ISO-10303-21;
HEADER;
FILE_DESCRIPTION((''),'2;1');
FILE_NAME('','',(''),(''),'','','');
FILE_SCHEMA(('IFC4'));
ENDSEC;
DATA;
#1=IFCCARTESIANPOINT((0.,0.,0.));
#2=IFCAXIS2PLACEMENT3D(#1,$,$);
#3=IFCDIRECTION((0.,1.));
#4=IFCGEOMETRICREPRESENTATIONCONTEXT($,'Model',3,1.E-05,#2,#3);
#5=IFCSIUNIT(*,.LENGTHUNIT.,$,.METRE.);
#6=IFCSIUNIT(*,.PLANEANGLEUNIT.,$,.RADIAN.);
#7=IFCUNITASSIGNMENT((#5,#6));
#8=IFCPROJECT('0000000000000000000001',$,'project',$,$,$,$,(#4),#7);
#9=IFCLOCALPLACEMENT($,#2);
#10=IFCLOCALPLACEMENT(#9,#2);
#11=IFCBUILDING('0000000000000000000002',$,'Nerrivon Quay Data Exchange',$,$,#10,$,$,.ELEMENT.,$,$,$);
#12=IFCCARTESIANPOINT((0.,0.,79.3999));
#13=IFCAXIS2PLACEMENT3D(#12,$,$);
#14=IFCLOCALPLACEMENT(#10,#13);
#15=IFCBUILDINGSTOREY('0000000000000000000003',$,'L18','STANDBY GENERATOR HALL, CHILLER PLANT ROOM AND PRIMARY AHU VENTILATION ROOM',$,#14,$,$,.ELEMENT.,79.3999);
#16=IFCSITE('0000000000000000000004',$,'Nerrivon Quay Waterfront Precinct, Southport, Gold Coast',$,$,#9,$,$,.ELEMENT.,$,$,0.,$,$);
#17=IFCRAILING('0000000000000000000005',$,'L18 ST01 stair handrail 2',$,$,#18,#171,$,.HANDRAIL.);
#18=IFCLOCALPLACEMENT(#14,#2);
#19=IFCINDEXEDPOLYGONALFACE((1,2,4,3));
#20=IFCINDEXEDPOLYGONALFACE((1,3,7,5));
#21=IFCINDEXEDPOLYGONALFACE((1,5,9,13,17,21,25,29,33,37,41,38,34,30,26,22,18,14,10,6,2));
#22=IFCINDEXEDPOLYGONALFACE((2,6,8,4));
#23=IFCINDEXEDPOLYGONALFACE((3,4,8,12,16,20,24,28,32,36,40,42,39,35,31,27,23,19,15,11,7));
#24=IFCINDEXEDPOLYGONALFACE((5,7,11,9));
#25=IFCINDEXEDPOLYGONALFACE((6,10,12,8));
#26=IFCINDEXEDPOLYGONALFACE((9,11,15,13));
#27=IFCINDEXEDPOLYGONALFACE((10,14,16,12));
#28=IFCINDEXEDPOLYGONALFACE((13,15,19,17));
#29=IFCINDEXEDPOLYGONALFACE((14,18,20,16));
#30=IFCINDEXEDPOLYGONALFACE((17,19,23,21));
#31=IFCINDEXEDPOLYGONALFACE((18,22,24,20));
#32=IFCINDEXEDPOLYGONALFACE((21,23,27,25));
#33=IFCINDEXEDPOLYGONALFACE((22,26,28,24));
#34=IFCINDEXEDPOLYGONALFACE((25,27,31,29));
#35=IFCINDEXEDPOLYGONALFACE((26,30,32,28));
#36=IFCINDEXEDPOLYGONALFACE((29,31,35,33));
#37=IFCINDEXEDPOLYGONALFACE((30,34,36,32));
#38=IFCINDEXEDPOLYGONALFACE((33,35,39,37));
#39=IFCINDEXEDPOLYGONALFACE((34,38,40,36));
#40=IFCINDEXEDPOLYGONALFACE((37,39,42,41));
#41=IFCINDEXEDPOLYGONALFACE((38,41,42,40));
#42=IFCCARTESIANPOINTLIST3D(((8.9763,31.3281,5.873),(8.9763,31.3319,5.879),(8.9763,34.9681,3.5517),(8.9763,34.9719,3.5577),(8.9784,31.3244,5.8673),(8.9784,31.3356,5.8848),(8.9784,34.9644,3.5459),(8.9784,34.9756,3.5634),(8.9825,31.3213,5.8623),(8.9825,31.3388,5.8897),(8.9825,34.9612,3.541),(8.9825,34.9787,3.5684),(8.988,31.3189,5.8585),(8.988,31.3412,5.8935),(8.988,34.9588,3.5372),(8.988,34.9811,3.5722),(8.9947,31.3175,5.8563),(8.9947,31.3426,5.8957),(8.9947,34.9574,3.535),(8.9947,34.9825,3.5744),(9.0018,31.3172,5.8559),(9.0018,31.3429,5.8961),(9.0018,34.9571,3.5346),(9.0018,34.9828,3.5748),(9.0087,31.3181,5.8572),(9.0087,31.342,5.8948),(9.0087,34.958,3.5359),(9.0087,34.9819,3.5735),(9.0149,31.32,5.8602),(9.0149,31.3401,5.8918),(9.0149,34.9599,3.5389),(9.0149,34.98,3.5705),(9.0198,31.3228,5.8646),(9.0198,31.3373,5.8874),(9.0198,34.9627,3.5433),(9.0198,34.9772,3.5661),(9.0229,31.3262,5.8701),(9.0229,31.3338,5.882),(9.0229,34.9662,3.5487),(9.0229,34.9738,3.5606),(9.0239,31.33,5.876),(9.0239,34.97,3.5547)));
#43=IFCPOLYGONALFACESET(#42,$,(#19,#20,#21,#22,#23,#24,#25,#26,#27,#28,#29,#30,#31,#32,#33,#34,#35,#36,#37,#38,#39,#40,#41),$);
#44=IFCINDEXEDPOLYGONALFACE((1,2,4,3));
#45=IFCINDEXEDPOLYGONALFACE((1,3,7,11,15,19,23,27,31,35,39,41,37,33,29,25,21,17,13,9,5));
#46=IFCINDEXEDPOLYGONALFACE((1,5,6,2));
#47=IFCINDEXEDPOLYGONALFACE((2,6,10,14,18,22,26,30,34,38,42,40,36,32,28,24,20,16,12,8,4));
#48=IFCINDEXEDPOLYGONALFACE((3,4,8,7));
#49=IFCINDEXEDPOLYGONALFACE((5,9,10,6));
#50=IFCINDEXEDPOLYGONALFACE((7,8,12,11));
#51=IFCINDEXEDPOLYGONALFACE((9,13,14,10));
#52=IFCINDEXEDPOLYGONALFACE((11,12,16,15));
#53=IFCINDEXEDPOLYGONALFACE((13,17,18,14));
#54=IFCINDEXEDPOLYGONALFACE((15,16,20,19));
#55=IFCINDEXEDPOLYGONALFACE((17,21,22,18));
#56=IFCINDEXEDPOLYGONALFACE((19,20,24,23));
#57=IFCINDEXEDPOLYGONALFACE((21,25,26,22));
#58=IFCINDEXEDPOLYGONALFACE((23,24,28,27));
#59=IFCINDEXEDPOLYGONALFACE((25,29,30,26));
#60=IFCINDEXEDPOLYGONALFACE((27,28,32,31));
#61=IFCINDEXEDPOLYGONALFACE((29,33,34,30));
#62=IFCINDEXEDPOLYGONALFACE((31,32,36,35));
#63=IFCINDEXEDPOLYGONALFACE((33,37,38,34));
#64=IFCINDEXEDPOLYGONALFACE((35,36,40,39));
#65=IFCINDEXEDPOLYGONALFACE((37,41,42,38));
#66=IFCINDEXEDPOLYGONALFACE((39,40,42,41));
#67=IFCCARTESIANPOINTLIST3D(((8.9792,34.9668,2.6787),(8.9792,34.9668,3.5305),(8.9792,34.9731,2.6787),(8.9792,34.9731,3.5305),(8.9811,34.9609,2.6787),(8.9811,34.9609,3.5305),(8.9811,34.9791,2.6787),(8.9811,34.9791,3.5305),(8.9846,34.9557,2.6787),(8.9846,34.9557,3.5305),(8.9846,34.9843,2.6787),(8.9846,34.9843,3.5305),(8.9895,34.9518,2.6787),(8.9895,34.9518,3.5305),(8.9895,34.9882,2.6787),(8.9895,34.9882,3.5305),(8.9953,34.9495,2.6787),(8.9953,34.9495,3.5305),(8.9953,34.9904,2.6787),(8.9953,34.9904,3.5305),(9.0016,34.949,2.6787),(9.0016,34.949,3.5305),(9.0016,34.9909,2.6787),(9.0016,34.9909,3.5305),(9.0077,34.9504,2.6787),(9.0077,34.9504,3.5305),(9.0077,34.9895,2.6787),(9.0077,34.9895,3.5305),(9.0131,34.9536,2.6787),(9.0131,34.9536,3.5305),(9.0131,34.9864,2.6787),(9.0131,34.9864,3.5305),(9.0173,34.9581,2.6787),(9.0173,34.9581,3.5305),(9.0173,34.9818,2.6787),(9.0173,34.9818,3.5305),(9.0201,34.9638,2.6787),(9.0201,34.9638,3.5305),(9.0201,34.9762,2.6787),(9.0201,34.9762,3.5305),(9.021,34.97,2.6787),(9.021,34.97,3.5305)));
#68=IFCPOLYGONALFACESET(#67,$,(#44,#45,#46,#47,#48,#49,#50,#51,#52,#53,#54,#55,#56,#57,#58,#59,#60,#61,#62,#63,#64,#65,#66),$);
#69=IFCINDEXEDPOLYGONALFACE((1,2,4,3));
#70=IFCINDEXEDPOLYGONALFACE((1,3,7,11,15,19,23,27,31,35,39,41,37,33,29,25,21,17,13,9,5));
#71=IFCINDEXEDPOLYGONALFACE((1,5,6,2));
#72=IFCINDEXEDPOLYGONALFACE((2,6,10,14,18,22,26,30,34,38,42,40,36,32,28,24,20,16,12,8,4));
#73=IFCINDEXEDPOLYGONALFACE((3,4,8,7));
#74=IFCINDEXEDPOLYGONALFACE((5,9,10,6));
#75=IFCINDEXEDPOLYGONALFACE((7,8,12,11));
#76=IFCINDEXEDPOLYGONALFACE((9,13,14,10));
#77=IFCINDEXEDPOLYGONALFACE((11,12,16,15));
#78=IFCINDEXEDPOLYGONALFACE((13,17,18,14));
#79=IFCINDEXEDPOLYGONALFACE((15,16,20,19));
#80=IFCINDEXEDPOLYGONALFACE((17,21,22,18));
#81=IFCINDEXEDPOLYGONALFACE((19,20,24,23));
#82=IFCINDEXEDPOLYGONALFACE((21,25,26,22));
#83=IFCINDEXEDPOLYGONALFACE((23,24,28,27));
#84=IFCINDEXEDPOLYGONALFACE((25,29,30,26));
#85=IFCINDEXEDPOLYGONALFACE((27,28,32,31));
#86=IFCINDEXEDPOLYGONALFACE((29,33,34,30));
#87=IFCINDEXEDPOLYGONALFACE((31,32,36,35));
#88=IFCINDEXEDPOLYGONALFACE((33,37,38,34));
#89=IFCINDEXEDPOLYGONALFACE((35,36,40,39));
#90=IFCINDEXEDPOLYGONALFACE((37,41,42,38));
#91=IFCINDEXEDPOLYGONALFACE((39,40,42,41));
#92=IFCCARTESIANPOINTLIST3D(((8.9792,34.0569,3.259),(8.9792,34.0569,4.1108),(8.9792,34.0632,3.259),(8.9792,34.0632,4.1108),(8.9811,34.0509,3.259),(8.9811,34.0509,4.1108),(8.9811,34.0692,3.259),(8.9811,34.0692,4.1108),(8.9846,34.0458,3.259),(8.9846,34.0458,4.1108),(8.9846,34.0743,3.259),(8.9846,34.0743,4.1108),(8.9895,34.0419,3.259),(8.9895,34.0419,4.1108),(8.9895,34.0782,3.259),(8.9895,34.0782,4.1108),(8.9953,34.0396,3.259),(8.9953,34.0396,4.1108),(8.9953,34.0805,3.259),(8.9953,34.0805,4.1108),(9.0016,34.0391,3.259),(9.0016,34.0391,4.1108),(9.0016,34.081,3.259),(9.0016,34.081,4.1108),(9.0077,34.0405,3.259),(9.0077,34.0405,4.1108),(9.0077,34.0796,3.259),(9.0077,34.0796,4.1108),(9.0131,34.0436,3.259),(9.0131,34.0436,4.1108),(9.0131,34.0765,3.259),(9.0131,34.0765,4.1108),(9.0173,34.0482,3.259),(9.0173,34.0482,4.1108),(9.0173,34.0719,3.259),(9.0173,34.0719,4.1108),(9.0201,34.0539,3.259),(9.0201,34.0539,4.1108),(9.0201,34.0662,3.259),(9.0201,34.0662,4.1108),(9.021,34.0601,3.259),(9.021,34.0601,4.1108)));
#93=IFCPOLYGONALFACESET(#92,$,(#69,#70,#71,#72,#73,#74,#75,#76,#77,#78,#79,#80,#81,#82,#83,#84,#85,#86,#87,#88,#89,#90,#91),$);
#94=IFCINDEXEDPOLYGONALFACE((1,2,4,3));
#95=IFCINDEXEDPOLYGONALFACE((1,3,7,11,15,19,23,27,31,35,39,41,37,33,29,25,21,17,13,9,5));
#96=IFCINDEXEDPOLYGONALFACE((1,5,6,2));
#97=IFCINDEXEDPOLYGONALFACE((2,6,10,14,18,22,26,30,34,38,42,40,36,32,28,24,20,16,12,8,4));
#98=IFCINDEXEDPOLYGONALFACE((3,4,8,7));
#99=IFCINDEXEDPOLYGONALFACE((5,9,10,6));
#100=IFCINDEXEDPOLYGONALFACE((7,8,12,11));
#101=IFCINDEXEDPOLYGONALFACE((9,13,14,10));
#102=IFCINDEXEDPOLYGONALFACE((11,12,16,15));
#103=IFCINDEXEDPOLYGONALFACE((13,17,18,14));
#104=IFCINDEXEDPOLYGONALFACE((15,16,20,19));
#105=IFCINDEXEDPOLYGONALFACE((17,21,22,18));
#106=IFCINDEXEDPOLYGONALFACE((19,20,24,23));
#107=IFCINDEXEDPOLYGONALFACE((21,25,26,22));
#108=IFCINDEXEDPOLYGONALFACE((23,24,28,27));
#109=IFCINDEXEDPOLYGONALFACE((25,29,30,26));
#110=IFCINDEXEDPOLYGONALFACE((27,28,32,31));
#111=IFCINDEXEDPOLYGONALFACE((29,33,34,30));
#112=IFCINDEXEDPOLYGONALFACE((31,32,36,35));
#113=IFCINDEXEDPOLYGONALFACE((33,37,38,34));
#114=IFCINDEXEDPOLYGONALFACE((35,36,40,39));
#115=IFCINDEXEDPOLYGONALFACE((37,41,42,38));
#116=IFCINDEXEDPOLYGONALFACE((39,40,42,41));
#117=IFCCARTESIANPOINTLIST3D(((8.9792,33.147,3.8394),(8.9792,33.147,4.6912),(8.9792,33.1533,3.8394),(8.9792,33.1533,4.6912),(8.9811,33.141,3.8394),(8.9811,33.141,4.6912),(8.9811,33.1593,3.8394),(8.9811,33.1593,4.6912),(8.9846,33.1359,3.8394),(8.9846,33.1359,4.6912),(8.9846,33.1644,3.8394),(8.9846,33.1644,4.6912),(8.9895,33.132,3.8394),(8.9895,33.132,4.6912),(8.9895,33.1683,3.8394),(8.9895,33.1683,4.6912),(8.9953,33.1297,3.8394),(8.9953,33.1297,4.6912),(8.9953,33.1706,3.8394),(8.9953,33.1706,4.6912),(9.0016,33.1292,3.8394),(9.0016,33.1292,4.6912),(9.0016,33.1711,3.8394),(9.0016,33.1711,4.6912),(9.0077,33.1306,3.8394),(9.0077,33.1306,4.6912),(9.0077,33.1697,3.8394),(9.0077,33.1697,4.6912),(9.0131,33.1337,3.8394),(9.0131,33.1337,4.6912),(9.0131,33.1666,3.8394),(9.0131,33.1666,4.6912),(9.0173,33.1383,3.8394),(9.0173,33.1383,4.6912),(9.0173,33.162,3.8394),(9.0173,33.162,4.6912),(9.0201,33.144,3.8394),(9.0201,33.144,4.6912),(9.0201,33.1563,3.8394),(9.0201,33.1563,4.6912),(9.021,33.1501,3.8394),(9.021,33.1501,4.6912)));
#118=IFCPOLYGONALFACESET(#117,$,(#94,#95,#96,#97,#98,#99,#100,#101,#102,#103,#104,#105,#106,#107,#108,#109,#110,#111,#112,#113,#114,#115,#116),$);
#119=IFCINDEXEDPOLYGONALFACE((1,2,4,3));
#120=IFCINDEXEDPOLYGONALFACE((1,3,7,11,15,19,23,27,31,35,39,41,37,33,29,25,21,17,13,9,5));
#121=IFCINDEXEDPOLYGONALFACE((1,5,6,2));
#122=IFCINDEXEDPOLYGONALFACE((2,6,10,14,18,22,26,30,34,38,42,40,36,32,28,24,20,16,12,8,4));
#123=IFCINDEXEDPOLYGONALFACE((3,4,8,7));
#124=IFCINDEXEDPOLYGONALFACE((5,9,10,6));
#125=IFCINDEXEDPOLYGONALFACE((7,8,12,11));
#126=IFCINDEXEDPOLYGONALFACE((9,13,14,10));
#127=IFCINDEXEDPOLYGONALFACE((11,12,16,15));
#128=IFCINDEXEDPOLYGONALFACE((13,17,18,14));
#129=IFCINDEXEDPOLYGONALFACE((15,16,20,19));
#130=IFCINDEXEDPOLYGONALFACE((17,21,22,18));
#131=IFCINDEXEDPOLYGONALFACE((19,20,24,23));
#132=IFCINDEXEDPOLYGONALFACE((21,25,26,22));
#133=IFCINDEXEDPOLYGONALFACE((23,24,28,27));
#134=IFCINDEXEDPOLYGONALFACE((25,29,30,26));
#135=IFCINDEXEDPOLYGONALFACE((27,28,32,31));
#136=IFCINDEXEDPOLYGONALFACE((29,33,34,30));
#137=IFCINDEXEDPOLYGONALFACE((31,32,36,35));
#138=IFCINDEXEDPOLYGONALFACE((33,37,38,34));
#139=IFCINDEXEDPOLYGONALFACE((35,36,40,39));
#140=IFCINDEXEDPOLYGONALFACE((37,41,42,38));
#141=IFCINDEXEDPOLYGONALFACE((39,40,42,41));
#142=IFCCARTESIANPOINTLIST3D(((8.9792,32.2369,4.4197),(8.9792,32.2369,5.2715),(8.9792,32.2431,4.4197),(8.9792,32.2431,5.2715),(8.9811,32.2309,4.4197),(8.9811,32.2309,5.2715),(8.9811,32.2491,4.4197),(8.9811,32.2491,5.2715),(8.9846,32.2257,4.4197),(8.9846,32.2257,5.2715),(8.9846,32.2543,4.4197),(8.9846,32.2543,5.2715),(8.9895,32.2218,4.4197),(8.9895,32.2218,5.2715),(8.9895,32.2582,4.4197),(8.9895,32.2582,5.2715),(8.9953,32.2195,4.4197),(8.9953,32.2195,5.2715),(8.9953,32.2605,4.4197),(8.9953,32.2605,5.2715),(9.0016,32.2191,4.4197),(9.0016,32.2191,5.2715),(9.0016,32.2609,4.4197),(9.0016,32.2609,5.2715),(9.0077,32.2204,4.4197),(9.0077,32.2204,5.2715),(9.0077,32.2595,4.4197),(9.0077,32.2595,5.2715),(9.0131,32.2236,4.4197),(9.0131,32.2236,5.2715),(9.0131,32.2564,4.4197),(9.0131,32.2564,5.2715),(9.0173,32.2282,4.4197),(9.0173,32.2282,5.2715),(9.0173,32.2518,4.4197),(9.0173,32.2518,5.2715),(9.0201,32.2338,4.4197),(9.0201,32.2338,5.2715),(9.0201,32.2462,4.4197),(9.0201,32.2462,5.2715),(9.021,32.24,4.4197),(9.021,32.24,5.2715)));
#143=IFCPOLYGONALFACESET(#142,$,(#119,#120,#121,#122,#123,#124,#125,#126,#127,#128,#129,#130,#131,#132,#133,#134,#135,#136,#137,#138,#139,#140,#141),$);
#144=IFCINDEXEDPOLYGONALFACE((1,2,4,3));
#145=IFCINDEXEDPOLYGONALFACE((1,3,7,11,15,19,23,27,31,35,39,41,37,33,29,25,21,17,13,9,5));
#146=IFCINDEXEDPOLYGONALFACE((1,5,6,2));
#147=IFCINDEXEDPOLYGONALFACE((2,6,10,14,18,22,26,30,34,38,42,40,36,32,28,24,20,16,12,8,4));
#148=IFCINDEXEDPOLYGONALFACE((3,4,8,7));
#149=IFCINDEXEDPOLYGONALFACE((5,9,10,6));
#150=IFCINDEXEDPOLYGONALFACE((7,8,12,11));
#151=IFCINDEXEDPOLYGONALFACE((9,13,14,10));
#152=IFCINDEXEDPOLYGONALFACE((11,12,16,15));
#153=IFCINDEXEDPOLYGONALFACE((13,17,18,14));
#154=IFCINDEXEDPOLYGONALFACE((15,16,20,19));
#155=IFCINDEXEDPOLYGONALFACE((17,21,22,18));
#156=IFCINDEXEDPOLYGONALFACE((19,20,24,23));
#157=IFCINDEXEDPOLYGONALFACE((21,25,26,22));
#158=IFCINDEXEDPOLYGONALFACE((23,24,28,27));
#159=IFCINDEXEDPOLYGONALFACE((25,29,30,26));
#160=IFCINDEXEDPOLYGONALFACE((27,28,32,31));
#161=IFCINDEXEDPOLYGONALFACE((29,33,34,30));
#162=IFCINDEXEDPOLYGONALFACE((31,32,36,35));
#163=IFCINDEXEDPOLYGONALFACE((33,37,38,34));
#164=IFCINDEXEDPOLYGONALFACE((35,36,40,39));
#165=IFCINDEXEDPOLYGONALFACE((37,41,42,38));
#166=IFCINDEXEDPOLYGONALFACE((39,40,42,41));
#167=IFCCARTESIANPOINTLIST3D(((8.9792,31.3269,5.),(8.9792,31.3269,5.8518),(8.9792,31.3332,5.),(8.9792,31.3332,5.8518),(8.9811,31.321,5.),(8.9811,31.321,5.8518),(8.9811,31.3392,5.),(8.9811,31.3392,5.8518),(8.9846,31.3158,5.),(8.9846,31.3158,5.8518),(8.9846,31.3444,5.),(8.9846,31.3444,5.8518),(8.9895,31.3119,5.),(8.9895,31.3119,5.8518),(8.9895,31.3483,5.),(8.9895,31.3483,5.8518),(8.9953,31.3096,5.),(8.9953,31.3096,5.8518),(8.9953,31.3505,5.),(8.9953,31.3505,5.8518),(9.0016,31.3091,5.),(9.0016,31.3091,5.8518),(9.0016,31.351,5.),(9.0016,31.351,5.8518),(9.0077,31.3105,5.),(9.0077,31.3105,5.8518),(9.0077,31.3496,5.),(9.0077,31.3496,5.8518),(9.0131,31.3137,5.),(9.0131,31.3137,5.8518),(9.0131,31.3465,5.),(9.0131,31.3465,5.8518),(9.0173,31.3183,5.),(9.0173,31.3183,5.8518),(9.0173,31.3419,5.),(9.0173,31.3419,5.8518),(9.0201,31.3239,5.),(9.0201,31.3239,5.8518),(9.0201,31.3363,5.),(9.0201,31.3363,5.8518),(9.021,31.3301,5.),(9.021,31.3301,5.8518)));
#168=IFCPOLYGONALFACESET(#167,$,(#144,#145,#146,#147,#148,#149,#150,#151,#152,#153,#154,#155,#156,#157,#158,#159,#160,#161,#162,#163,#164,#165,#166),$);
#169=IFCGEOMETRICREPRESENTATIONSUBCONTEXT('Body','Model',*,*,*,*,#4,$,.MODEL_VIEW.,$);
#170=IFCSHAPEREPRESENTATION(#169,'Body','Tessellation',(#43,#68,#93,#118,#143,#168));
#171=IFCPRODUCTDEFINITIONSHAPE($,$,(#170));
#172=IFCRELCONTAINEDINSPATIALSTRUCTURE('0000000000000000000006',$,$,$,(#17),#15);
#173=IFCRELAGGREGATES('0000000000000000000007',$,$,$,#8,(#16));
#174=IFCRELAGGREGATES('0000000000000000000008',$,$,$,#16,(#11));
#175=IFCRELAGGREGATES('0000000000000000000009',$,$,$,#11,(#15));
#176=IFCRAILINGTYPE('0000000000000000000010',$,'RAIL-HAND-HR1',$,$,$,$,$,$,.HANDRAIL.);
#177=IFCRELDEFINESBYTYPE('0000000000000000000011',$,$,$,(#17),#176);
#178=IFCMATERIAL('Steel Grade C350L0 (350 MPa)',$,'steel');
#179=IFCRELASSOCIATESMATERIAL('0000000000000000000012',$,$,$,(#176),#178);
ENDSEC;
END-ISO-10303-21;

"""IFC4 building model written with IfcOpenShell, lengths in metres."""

from ifc_helpers import new_model, si_unit, direction, frame, origin, origin_2d, place, context, subcontext, project, spatial, circle, extrude, material, type_object, element, save


model = new_model("IFC4")

# Units and contexts
model_context = context("Model", 3, precision=1e-05, world=origin(), true_north=direction((0.0, 1.0)))
body_context = subcontext(model_context, "Body", "Model", "MODEL_VIEW")
ifc_project = project(units=[si_unit("LENGTHUNIT", "METRE"), si_unit("PLANEANGLEUNIT", "RADIAN")], contexts=[model_context])

# Site, building, storey
site_placement = place(None, origin())
site = spatial("IfcSite", under=ifc_project, at=site_placement, Name="Nerrivon Quay Waterfront Precinct, Southport, Gold Coast", CompositionType="ELEMENT", RefElevation=0.0)
building_placement = place(site_placement, origin())
building = spatial("IfcBuilding", under=site, at=building_placement, Name="Nerrivon Quay Data Exchange", CompositionType="ELEMENT")
storey_placement = place(building_placement, frame((0.0, 0.0, 79.3999)))
storey = spatial("IfcBuildingStorey", under=building, at=storey_placement, Name="L18", Description="STANDBY GENERATOR HALL, CHILLER PLANT ROOM AND PRIMARY AHU VENTILATION ROOM", CompositionType="ELEMENT", Elevation=79.3999)

# Shared definitions
ifc_material_1 = material(Name="Steel Grade C350L0 (350 MPa)", Category="steel")

# Railing
railing_type_1 = type_object("IfcRailingType", Name="RAIL-HAND-HR1", PredefinedType="HANDRAIL", material=ifc_material_1)
railing_1_placement = place(storey_placement, frame((9.0, 34.97, 2.6787)))
element("IfcRailing", 1, at=railing_1_placement, inside=storey, type_object=railing_type_1, Name="L18 ST01 stair handrail 2", PredefinedType="HANDRAIL", context=body_context, shape_type="SweptSolid", body=[
    extrude(circle(Radius=0.0239, at=origin_2d()), frame((0.0, 0.0, 0.876), z_axis=(0.0, -0.843137, 0.537699), x_axis=(1.0, 0.0, 0.0)), (0.0, 0.0, 1.0), 4.3171),
    extrude(circle(Radius=0.021, at=origin_2d()), origin(), (0.0, 0.0, 1.0), 0.8518),
    extrude(circle(Radius=0.021, at=origin_2d()), frame((0.0, -0.9099, 0.5803)), (0.0, 0.0, 1.0), 0.8518),
    extrude(circle(Radius=0.021, at=origin_2d()), frame((0.0, -1.8198, 1.1606)), (0.0, 0.0, 1.0), 0.8518),
    extrude(circle(Radius=0.021, at=origin_2d()), frame((0.0, -2.73, 1.741)), (0.0, 0.0, 1.0), 0.8518),
    extrude(circle(Radius=0.021, at=origin_2d()), frame((0.0, -3.6399, 2.3213)), (0.0, 0.0, 1.0), 0.8518),
])

save(model, "model.ifc")
